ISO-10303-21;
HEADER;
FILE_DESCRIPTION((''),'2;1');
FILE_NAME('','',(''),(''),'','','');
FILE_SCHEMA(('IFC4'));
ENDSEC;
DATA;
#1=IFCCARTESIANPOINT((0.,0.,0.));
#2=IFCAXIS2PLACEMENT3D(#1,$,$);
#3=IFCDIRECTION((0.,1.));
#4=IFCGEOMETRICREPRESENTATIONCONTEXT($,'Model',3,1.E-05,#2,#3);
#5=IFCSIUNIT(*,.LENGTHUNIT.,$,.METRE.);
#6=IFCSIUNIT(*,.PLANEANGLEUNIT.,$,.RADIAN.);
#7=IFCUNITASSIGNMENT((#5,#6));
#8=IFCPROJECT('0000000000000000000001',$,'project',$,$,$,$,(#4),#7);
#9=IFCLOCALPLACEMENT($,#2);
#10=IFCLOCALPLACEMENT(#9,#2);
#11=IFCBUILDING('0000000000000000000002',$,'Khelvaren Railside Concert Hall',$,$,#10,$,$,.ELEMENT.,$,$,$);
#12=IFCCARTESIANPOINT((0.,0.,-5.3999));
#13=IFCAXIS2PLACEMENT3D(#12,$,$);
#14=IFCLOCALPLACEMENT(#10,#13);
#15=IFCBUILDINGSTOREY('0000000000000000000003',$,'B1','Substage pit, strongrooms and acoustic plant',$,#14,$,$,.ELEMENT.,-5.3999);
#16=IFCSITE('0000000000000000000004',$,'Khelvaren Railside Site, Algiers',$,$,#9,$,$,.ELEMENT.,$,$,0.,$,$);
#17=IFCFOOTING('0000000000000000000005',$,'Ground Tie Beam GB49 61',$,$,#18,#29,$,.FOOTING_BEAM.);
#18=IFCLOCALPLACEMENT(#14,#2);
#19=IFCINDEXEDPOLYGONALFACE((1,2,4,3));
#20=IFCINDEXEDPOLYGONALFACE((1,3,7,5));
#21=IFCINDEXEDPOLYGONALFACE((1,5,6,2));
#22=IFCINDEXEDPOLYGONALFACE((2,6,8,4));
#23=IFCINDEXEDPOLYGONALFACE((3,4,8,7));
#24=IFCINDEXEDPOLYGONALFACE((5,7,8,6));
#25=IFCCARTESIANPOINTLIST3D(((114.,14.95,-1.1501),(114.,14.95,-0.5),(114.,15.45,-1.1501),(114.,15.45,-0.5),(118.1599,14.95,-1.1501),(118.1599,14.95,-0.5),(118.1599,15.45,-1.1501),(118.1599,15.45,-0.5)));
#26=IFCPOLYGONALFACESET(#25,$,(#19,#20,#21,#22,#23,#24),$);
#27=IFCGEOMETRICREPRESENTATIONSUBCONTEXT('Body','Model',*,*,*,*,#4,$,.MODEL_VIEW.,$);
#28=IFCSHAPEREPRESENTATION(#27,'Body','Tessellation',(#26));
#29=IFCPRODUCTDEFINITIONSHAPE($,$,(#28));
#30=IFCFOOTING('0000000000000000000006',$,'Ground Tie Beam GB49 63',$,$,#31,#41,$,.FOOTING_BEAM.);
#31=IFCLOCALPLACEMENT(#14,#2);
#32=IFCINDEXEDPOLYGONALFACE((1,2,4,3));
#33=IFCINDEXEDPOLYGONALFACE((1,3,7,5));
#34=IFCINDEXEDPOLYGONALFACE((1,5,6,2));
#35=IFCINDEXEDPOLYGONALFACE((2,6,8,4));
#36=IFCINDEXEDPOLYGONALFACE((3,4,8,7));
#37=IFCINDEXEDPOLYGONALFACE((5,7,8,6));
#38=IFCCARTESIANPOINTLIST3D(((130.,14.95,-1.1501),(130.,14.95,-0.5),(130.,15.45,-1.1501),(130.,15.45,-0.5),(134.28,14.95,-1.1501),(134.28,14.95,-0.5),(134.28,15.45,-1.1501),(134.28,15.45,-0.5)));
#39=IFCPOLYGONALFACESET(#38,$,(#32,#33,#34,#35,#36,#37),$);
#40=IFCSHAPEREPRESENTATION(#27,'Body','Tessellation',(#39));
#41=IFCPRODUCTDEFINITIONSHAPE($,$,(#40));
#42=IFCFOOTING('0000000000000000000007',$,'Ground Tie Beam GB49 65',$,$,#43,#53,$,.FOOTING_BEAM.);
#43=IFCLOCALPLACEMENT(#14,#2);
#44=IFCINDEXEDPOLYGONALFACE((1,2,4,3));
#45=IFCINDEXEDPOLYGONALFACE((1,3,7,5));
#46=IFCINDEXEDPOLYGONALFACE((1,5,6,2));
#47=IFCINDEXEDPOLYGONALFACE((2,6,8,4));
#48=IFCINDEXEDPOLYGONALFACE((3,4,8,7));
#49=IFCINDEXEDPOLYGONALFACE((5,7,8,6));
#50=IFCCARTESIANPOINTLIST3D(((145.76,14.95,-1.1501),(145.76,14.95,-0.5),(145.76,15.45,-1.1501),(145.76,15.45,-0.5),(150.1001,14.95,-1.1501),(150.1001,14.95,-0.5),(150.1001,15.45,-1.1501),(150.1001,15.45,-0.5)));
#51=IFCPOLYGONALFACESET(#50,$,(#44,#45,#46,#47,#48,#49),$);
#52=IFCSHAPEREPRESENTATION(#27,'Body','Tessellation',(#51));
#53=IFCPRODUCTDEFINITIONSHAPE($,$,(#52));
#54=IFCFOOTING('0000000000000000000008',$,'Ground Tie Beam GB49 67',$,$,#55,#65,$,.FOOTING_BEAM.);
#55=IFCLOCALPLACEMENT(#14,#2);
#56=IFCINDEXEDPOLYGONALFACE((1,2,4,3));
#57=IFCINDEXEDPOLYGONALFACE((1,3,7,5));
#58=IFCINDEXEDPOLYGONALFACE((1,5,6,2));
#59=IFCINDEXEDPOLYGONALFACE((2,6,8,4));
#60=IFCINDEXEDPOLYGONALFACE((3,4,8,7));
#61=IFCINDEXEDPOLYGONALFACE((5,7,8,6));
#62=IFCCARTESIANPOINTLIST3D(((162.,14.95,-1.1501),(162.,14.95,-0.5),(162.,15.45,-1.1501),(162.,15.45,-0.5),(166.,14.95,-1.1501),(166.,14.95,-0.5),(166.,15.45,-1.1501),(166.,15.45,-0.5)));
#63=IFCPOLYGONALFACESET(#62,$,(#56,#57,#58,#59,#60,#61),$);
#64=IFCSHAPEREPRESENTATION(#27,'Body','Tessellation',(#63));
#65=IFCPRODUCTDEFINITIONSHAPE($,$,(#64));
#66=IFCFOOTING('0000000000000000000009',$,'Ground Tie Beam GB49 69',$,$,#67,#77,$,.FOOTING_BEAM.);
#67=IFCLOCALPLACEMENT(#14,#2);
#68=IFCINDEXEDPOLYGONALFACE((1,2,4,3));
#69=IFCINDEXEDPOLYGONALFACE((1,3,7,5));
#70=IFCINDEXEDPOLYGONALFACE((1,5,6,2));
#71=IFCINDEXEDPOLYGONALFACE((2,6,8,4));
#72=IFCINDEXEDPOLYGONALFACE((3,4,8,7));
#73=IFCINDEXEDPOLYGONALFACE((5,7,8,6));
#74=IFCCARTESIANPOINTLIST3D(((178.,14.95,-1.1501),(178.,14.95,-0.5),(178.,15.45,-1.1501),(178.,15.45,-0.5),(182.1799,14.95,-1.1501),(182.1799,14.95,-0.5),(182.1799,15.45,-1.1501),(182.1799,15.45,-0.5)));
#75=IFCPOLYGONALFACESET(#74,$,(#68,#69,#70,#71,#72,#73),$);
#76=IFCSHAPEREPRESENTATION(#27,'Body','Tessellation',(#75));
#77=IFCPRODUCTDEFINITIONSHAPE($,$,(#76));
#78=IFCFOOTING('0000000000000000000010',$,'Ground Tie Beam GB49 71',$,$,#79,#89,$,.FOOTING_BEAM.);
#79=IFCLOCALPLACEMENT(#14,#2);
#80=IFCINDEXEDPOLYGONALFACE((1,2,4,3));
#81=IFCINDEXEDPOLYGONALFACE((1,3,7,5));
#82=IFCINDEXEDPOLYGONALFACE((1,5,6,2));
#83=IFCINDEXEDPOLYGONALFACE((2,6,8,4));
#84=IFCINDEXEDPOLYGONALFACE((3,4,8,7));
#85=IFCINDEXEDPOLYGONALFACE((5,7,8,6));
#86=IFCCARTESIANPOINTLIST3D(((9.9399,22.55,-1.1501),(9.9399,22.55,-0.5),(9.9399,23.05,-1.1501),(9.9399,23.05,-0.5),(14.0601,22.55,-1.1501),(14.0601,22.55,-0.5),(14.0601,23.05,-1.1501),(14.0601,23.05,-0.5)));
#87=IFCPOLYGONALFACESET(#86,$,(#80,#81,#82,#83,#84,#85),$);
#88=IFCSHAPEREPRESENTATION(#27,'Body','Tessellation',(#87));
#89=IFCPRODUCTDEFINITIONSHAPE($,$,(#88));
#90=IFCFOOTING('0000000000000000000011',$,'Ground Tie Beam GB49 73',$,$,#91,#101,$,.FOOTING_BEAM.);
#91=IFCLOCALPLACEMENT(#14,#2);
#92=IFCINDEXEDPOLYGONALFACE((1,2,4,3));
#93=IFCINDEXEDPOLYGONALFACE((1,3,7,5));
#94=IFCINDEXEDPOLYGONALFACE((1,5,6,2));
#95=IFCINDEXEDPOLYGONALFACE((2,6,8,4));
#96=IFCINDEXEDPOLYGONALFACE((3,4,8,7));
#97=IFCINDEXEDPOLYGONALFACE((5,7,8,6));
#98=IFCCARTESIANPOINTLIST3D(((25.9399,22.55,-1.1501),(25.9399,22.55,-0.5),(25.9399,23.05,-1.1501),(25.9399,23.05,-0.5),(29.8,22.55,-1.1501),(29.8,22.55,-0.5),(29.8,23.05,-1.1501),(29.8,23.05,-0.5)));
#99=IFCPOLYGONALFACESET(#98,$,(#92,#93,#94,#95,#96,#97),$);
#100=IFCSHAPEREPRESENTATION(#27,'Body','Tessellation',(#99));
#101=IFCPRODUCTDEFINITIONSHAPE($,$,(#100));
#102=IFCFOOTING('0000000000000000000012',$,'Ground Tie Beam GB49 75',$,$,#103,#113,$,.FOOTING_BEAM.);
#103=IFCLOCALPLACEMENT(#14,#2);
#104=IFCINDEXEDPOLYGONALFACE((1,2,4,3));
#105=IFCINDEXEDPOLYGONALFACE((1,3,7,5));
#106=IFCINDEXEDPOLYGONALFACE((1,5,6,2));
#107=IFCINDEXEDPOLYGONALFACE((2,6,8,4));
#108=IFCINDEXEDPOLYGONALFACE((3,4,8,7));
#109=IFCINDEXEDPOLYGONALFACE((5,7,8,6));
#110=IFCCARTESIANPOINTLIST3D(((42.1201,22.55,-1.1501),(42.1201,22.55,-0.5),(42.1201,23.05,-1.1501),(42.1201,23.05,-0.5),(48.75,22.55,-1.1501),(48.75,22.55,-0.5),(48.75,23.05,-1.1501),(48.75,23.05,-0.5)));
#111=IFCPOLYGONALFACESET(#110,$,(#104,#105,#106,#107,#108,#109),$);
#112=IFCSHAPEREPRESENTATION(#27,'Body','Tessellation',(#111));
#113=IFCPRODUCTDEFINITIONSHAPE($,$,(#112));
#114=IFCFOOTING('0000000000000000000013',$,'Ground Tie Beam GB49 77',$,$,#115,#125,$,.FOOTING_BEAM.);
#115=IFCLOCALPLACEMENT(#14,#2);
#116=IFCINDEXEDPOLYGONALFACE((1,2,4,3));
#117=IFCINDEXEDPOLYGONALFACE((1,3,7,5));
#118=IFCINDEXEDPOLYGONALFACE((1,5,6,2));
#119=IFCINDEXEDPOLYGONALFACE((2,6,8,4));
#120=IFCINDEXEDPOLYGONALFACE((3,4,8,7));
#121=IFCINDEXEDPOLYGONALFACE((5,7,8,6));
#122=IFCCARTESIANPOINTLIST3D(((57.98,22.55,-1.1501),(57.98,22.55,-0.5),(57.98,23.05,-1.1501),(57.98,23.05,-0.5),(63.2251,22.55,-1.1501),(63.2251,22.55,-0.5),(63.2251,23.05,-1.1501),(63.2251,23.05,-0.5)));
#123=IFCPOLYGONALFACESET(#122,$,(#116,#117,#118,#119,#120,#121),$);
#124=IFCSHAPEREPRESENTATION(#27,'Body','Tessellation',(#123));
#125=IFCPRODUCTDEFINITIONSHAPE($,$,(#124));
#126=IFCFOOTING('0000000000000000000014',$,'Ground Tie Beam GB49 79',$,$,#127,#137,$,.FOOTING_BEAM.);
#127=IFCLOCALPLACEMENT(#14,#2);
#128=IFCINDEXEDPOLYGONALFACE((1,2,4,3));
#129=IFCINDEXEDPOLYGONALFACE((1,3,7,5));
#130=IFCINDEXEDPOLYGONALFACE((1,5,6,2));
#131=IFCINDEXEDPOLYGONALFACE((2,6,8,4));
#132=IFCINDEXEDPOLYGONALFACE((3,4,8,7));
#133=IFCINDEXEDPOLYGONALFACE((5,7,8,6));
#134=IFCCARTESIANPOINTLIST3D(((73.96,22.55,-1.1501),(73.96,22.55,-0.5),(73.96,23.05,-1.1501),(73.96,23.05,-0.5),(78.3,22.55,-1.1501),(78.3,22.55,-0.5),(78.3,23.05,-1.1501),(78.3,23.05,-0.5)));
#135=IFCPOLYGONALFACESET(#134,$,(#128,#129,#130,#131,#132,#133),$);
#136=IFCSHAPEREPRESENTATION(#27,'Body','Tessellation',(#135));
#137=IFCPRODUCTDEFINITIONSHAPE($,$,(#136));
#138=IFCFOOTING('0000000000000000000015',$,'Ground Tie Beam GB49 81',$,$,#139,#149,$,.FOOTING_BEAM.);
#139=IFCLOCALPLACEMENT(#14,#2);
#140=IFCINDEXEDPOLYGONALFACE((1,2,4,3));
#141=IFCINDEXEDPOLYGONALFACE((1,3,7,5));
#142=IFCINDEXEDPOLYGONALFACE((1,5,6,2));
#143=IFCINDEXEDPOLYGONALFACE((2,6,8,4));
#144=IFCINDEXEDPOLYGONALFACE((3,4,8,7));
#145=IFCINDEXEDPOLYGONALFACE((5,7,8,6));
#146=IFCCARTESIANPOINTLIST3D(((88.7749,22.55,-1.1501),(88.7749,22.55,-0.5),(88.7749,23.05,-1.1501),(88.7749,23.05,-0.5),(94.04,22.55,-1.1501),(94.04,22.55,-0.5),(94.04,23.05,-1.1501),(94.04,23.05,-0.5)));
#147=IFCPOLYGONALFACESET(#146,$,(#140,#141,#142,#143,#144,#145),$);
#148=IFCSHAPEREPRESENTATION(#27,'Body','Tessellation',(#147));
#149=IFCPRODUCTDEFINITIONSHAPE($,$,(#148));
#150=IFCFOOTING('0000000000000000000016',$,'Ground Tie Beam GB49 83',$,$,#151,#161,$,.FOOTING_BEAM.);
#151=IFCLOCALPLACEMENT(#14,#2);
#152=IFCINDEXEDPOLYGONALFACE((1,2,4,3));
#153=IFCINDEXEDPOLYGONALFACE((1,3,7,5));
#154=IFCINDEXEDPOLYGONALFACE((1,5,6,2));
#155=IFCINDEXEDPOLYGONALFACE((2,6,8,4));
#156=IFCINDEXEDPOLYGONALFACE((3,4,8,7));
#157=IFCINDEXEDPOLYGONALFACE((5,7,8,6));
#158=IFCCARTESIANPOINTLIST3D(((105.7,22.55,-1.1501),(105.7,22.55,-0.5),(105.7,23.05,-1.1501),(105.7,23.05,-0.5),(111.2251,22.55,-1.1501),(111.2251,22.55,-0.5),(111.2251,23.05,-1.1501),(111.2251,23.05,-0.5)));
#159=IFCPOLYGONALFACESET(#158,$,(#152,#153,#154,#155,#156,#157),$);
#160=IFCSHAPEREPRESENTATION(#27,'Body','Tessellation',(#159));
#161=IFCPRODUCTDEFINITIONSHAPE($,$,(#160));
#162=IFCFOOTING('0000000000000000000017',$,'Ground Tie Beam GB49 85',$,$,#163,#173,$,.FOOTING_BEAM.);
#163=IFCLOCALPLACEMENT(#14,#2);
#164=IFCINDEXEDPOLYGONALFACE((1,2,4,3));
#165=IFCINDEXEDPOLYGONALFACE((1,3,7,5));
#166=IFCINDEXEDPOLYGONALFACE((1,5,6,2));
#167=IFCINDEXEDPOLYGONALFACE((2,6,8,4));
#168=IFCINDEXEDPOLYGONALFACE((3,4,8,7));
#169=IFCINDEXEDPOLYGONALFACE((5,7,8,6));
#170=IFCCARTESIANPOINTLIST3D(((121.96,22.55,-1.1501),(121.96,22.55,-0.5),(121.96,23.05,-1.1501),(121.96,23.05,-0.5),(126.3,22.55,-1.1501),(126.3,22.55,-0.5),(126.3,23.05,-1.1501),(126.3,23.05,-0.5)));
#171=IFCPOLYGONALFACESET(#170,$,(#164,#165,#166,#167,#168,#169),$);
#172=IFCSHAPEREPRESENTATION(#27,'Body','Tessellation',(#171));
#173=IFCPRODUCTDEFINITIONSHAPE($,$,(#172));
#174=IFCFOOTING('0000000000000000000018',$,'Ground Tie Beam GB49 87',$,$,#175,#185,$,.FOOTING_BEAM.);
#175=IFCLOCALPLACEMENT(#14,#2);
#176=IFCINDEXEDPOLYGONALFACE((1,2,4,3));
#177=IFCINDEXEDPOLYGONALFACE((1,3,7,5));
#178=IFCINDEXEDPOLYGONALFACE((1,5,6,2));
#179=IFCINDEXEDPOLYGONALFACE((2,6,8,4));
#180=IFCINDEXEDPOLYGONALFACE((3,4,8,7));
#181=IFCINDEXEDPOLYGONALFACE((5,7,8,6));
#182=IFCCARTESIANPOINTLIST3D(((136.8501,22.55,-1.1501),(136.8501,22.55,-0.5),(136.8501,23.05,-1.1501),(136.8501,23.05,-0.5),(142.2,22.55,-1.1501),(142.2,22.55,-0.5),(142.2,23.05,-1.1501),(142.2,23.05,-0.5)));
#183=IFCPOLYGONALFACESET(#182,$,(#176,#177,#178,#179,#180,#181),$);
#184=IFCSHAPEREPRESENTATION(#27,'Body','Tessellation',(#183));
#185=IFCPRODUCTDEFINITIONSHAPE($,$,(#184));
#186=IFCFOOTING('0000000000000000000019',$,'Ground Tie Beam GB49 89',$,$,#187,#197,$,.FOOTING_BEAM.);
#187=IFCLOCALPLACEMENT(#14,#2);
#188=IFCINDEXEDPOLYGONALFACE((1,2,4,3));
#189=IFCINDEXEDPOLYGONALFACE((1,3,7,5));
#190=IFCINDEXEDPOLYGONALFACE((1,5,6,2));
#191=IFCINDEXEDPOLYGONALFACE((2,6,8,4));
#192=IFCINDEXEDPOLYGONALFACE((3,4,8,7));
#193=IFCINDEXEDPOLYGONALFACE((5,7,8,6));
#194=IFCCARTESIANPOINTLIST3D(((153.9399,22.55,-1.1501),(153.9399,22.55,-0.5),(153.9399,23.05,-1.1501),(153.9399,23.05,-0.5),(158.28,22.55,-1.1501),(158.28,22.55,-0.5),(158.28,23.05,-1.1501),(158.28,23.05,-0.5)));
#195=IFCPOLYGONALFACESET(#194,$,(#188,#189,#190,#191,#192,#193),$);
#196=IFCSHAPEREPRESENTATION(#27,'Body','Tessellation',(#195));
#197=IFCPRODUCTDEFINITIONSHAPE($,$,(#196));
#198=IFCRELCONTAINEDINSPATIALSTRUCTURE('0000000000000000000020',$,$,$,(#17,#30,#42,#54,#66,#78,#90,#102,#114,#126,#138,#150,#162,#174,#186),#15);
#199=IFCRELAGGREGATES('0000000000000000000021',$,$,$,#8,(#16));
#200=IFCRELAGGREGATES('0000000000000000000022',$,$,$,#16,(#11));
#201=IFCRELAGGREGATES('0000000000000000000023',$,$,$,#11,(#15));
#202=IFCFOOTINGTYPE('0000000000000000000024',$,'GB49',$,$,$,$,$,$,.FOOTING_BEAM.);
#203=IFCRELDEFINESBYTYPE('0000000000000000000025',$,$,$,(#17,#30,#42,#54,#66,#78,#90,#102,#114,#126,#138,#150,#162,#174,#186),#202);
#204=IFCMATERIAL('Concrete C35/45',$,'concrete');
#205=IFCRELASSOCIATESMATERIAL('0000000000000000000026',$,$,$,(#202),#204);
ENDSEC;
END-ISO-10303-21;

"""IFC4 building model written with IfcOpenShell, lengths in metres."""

from ifc_helpers import new_model, si_unit, direction, frame, origin, place, context, subcontext, project, spatial, polyline, outline, extrude, material, type_object, element, save


model = new_model("IFC4")

# Units and contexts
model_context = context("Model", 3, precision=1e-05, world=origin(), true_north=direction((0.0, 1.0)))
body_context = subcontext(model_context, "Body", "Model", "MODEL_VIEW")
ifc_project = project(units=[si_unit("LENGTHUNIT", "METRE"), si_unit("PLANEANGLEUNIT", "RADIAN")], contexts=[model_context])

# Site, building, storey
site_placement = place(None, origin())
site = spatial("IfcSite", under=ifc_project, at=site_placement, Name="Khelvaren Railside Site, Algiers", CompositionType="ELEMENT", RefElevation=0.0)
building_placement = place(site_placement, origin())
building = spatial("IfcBuilding", under=site, at=building_placement, Name="Khelvaren Railside Concert Hall", CompositionType="ELEMENT")
storey_placement = place(building_placement, frame((0.0, 0.0, -5.3999)))
storey = spatial("IfcBuildingStorey", under=building, at=storey_placement, Name="B1", Description="Substage pit, strongrooms and acoustic plant", CompositionType="ELEMENT", Elevation=-5.3999)

# Footings
ifc_material = material(Name="Concrete C35/45", Category="concrete")
footing_type = type_object("IfcFootingType", Name="GB49", PredefinedType="FOOTING_BEAM", material=ifc_material)
footing_1_placement = place(storey_placement, frame((0.0, 0.0, -1.1501)))
element("IfcFooting", 1, at=footing_1_placement, inside=storey, type_object=footing_type, Name="Ground Tie Beam GB49 61", PredefinedType="FOOTING_BEAM", context=body_context, shape_type="SweptSolid", body=[
    extrude(outline(polyline([(114.0, 14.95), (118.1599, 14.95), (118.1599, 15.45), (114.0, 15.45), (114.0, 14.95)])), origin(), (0.0, 0.0, 1.0), 0.6501),
])
footing_2_placement = place(storey_placement, frame((0.0, 0.0, -1.1501)))
element("IfcFooting", 2, at=footing_2_placement, inside=storey, type_object=footing_type, Name="Ground Tie Beam GB49 63", PredefinedType="FOOTING_BEAM", context=body_context, shape_type="SweptSolid", body=[
    extrude(outline(polyline([(130.0, 14.95), (134.28, 14.95), (134.28, 15.45), (130.0, 15.45), (130.0, 14.95)])), origin(), (0.0, 0.0, 1.0), 0.6501),
])
footing_3_placement = place(storey_placement, frame((0.0, 0.0, -1.1501)))
element("IfcFooting", 3, at=footing_3_placement, inside=storey, type_object=footing_type, Name="Ground Tie Beam GB49 65", PredefinedType="FOOTING_BEAM", context=body_context, shape_type="SweptSolid", body=[
    extrude(outline(polyline([(145.76, 14.95), (150.1001, 14.95), (150.1001, 15.45), (145.76, 15.45), (145.76, 14.95)])), origin(), (0.0, 0.0, 1.0), 0.6501),
])
footing_4_placement = place(storey_placement, frame((0.0, 0.0, -1.1501)))
element("IfcFooting", 4, at=footing_4_placement, inside=storey, type_object=footing_type, Name="Ground Tie Beam GB49 67", PredefinedType="FOOTING_BEAM", context=body_context, shape_type="SweptSolid", body=[
    extrude(outline(polyline([(162.0, 14.95), (166.0, 14.95), (166.0, 15.45), (162.0, 15.45), (162.0, 14.95)])), origin(), (0.0, 0.0, 1.0), 0.6501),
])
footing_5_placement = place(storey_placement, frame((0.0, 0.0, -1.1501)))
element("IfcFooting", 5, at=footing_5_placement, inside=storey, type_object=footing_type, Name="Ground Tie Beam GB49 69", PredefinedType="FOOTING_BEAM", context=body_context, shape_type="SweptSolid", body=[
    extrude(outline(polyline([(178.0, 14.95), (182.1799, 14.95), (182.1799, 15.45), (178.0, 15.45), (178.0, 14.95)])), origin(), (0.0, 0.0, 1.0), 0.6501),
])
footing_6_placement = place(storey_placement, frame((0.0, 0.0, -1.1501)))
element("IfcFooting", 6, at=footing_6_placement, inside=storey, type_object=footing_type, Name="Ground Tie Beam GB49 71", PredefinedType="FOOTING_BEAM", context=body_context, shape_type="SweptSolid", body=[
    extrude(outline(polyline([(9.9399, 22.55), (14.0601, 22.55), (14.0601, 23.05), (9.9399, 23.05), (9.9399, 22.55)])), origin(), (0.0, 0.0, 1.0), 0.6501),
])
footing_7_placement = place(storey_placement, frame((0.0, 0.0, -1.1501)))
element("IfcFooting", 7, at=footing_7_placement, inside=storey, type_object=footing_type, Name="Ground Tie Beam GB49 73", PredefinedType="FOOTING_BEAM", context=body_context, shape_type="SweptSolid", body=[
    extrude(outline(polyline([(25.9399, 22.55), (29.8, 22.55), (29.8, 23.05), (25.9399, 23.05), (25.9399, 22.55)])), origin(), (0.0, 0.0, 1.0), 0.6501),
])
footing_8_placement = place(storey_placement, frame((0.0, 0.0, -1.1501)))
element("IfcFooting", 8, at=footing_8_placement, inside=storey, type_object=footing_type, Name="Ground Tie Beam GB49 75", PredefinedType="FOOTING_BEAM", context=body_context, shape_type="SweptSolid", body=[
    extrude(outline(polyline([(42.1201, 22.55), (48.75, 22.55), (48.75, 23.05), (42.1201, 23.05), (42.1201, 22.55)])), origin(), (0.0, 0.0, 1.0), 0.6501),
])
footing_9_placement = place(storey_placement, frame((0.0, 0.0, -1.1501)))
element("IfcFooting", 9, at=footing_9_placement, inside=storey, type_object=footing_type, Name="Ground Tie Beam GB49 77", PredefinedType="FOOTING_BEAM", context=body_context, shape_type="SweptSolid", body=[
    extrude(outline(polyline([(57.98, 22.55), (63.2251, 22.55), (63.2251, 23.05), (57.98, 23.05), (57.98, 22.55)])), origin(), (0.0, 0.0, 1.0), 0.6501),
])
footing_10_placement = place(storey_placement, frame((0.0, 0.0, -1.1501)))
element("IfcFooting", 10, at=footing_10_placement, inside=storey, type_object=footing_type, Name="Ground Tie Beam GB49 79", PredefinedType="FOOTING_BEAM", context=body_context, shape_type="SweptSolid", body=[
    extrude(outline(polyline([(73.96, 22.55), (78.3, 22.55), (78.3, 23.05), (73.96, 23.05), (73.96, 22.55)])), origin(), (0.0, 0.0, 1.0), 0.6501),
])
footing_11_placement = place(storey_placement, frame((0.0, 0.0, -1.1501)))
element("IfcFooting", 11, at=footing_11_placement, inside=storey, type_object=footing_type, Name="Ground Tie Beam GB49 81", PredefinedType="FOOTING_BEAM", context=body_context, shape_type="SweptSolid", body=[
    extrude(outline(polyline([(88.7749, 22.55), (94.04, 22.55), (94.04, 23.05), (88.7749, 23.05), (88.7749, 22.55)])), origin(), (0.0, 0.0, 1.0), 0.6501),
])
footing_12_placement = place(storey_placement, frame((0.0, 0.0, -1.1501)))
element("IfcFooting", 12, at=footing_12_placement, inside=storey, type_object=footing_type, Name="Ground Tie Beam GB49 83", PredefinedType="FOOTING_BEAM", context=body_context, shape_type="SweptSolid", body=[
    extrude(outline(polyline([(105.7, 22.55), (111.2251, 22.55), (111.2251, 23.05), (105.7, 23.05), (105.7, 22.55)])), origin(), (0.0, 0.0, 1.0), 0.6501),
])
footing_13_placement = place(storey_placement, frame((0.0, 0.0, -1.1501)))
element("IfcFooting", 13, at=footing_13_placement, inside=storey, type_object=footing_type, Name="Ground Tie Beam GB49 85", PredefinedType="FOOTING_BEAM", context=body_context, shape_type="SweptSolid", body=[
    extrude(outline(polyline([(121.96, 22.55), (126.3, 22.55), (126.3, 23.05), (121.96, 23.05), (121.96, 22.55)])), origin(), (0.0, 0.0, 1.0), 0.6501),
])
footing_14_placement = place(storey_placement, frame((0.0, 0.0, -1.1501)))
element("IfcFooting", 14, at=footing_14_placement, inside=storey, type_object=footing_type, Name="Ground Tie Beam GB49 87", PredefinedType="FOOTING_BEAM", context=body_context, shape_type="SweptSolid", body=[
    extrude(outline(polyline([(136.8501, 22.55), (142.2, 22.55), (142.2, 23.05), (136.8501, 23.05), (136.8501, 22.55)])), origin(), (0.0, 0.0, 1.0), 0.6501),
])
footing_15_placement = place(storey_placement, frame((0.0, 0.0, -1.1501)))
element("IfcFooting", 15, at=footing_15_placement, inside=storey, type_object=footing_type, Name="Ground Tie Beam GB49 89", PredefinedType="FOOTING_BEAM", context=body_context, shape_type="SweptSolid", body=[
    extrude(outline(polyline([(153.9399, 22.55), (158.28, 22.55), (158.28, 23.05), (153.9399, 23.05), (153.9399, 22.55)])), origin(), (0.0, 0.0, 1.0), 0.6501),
])

save(model, "model.ifc")
